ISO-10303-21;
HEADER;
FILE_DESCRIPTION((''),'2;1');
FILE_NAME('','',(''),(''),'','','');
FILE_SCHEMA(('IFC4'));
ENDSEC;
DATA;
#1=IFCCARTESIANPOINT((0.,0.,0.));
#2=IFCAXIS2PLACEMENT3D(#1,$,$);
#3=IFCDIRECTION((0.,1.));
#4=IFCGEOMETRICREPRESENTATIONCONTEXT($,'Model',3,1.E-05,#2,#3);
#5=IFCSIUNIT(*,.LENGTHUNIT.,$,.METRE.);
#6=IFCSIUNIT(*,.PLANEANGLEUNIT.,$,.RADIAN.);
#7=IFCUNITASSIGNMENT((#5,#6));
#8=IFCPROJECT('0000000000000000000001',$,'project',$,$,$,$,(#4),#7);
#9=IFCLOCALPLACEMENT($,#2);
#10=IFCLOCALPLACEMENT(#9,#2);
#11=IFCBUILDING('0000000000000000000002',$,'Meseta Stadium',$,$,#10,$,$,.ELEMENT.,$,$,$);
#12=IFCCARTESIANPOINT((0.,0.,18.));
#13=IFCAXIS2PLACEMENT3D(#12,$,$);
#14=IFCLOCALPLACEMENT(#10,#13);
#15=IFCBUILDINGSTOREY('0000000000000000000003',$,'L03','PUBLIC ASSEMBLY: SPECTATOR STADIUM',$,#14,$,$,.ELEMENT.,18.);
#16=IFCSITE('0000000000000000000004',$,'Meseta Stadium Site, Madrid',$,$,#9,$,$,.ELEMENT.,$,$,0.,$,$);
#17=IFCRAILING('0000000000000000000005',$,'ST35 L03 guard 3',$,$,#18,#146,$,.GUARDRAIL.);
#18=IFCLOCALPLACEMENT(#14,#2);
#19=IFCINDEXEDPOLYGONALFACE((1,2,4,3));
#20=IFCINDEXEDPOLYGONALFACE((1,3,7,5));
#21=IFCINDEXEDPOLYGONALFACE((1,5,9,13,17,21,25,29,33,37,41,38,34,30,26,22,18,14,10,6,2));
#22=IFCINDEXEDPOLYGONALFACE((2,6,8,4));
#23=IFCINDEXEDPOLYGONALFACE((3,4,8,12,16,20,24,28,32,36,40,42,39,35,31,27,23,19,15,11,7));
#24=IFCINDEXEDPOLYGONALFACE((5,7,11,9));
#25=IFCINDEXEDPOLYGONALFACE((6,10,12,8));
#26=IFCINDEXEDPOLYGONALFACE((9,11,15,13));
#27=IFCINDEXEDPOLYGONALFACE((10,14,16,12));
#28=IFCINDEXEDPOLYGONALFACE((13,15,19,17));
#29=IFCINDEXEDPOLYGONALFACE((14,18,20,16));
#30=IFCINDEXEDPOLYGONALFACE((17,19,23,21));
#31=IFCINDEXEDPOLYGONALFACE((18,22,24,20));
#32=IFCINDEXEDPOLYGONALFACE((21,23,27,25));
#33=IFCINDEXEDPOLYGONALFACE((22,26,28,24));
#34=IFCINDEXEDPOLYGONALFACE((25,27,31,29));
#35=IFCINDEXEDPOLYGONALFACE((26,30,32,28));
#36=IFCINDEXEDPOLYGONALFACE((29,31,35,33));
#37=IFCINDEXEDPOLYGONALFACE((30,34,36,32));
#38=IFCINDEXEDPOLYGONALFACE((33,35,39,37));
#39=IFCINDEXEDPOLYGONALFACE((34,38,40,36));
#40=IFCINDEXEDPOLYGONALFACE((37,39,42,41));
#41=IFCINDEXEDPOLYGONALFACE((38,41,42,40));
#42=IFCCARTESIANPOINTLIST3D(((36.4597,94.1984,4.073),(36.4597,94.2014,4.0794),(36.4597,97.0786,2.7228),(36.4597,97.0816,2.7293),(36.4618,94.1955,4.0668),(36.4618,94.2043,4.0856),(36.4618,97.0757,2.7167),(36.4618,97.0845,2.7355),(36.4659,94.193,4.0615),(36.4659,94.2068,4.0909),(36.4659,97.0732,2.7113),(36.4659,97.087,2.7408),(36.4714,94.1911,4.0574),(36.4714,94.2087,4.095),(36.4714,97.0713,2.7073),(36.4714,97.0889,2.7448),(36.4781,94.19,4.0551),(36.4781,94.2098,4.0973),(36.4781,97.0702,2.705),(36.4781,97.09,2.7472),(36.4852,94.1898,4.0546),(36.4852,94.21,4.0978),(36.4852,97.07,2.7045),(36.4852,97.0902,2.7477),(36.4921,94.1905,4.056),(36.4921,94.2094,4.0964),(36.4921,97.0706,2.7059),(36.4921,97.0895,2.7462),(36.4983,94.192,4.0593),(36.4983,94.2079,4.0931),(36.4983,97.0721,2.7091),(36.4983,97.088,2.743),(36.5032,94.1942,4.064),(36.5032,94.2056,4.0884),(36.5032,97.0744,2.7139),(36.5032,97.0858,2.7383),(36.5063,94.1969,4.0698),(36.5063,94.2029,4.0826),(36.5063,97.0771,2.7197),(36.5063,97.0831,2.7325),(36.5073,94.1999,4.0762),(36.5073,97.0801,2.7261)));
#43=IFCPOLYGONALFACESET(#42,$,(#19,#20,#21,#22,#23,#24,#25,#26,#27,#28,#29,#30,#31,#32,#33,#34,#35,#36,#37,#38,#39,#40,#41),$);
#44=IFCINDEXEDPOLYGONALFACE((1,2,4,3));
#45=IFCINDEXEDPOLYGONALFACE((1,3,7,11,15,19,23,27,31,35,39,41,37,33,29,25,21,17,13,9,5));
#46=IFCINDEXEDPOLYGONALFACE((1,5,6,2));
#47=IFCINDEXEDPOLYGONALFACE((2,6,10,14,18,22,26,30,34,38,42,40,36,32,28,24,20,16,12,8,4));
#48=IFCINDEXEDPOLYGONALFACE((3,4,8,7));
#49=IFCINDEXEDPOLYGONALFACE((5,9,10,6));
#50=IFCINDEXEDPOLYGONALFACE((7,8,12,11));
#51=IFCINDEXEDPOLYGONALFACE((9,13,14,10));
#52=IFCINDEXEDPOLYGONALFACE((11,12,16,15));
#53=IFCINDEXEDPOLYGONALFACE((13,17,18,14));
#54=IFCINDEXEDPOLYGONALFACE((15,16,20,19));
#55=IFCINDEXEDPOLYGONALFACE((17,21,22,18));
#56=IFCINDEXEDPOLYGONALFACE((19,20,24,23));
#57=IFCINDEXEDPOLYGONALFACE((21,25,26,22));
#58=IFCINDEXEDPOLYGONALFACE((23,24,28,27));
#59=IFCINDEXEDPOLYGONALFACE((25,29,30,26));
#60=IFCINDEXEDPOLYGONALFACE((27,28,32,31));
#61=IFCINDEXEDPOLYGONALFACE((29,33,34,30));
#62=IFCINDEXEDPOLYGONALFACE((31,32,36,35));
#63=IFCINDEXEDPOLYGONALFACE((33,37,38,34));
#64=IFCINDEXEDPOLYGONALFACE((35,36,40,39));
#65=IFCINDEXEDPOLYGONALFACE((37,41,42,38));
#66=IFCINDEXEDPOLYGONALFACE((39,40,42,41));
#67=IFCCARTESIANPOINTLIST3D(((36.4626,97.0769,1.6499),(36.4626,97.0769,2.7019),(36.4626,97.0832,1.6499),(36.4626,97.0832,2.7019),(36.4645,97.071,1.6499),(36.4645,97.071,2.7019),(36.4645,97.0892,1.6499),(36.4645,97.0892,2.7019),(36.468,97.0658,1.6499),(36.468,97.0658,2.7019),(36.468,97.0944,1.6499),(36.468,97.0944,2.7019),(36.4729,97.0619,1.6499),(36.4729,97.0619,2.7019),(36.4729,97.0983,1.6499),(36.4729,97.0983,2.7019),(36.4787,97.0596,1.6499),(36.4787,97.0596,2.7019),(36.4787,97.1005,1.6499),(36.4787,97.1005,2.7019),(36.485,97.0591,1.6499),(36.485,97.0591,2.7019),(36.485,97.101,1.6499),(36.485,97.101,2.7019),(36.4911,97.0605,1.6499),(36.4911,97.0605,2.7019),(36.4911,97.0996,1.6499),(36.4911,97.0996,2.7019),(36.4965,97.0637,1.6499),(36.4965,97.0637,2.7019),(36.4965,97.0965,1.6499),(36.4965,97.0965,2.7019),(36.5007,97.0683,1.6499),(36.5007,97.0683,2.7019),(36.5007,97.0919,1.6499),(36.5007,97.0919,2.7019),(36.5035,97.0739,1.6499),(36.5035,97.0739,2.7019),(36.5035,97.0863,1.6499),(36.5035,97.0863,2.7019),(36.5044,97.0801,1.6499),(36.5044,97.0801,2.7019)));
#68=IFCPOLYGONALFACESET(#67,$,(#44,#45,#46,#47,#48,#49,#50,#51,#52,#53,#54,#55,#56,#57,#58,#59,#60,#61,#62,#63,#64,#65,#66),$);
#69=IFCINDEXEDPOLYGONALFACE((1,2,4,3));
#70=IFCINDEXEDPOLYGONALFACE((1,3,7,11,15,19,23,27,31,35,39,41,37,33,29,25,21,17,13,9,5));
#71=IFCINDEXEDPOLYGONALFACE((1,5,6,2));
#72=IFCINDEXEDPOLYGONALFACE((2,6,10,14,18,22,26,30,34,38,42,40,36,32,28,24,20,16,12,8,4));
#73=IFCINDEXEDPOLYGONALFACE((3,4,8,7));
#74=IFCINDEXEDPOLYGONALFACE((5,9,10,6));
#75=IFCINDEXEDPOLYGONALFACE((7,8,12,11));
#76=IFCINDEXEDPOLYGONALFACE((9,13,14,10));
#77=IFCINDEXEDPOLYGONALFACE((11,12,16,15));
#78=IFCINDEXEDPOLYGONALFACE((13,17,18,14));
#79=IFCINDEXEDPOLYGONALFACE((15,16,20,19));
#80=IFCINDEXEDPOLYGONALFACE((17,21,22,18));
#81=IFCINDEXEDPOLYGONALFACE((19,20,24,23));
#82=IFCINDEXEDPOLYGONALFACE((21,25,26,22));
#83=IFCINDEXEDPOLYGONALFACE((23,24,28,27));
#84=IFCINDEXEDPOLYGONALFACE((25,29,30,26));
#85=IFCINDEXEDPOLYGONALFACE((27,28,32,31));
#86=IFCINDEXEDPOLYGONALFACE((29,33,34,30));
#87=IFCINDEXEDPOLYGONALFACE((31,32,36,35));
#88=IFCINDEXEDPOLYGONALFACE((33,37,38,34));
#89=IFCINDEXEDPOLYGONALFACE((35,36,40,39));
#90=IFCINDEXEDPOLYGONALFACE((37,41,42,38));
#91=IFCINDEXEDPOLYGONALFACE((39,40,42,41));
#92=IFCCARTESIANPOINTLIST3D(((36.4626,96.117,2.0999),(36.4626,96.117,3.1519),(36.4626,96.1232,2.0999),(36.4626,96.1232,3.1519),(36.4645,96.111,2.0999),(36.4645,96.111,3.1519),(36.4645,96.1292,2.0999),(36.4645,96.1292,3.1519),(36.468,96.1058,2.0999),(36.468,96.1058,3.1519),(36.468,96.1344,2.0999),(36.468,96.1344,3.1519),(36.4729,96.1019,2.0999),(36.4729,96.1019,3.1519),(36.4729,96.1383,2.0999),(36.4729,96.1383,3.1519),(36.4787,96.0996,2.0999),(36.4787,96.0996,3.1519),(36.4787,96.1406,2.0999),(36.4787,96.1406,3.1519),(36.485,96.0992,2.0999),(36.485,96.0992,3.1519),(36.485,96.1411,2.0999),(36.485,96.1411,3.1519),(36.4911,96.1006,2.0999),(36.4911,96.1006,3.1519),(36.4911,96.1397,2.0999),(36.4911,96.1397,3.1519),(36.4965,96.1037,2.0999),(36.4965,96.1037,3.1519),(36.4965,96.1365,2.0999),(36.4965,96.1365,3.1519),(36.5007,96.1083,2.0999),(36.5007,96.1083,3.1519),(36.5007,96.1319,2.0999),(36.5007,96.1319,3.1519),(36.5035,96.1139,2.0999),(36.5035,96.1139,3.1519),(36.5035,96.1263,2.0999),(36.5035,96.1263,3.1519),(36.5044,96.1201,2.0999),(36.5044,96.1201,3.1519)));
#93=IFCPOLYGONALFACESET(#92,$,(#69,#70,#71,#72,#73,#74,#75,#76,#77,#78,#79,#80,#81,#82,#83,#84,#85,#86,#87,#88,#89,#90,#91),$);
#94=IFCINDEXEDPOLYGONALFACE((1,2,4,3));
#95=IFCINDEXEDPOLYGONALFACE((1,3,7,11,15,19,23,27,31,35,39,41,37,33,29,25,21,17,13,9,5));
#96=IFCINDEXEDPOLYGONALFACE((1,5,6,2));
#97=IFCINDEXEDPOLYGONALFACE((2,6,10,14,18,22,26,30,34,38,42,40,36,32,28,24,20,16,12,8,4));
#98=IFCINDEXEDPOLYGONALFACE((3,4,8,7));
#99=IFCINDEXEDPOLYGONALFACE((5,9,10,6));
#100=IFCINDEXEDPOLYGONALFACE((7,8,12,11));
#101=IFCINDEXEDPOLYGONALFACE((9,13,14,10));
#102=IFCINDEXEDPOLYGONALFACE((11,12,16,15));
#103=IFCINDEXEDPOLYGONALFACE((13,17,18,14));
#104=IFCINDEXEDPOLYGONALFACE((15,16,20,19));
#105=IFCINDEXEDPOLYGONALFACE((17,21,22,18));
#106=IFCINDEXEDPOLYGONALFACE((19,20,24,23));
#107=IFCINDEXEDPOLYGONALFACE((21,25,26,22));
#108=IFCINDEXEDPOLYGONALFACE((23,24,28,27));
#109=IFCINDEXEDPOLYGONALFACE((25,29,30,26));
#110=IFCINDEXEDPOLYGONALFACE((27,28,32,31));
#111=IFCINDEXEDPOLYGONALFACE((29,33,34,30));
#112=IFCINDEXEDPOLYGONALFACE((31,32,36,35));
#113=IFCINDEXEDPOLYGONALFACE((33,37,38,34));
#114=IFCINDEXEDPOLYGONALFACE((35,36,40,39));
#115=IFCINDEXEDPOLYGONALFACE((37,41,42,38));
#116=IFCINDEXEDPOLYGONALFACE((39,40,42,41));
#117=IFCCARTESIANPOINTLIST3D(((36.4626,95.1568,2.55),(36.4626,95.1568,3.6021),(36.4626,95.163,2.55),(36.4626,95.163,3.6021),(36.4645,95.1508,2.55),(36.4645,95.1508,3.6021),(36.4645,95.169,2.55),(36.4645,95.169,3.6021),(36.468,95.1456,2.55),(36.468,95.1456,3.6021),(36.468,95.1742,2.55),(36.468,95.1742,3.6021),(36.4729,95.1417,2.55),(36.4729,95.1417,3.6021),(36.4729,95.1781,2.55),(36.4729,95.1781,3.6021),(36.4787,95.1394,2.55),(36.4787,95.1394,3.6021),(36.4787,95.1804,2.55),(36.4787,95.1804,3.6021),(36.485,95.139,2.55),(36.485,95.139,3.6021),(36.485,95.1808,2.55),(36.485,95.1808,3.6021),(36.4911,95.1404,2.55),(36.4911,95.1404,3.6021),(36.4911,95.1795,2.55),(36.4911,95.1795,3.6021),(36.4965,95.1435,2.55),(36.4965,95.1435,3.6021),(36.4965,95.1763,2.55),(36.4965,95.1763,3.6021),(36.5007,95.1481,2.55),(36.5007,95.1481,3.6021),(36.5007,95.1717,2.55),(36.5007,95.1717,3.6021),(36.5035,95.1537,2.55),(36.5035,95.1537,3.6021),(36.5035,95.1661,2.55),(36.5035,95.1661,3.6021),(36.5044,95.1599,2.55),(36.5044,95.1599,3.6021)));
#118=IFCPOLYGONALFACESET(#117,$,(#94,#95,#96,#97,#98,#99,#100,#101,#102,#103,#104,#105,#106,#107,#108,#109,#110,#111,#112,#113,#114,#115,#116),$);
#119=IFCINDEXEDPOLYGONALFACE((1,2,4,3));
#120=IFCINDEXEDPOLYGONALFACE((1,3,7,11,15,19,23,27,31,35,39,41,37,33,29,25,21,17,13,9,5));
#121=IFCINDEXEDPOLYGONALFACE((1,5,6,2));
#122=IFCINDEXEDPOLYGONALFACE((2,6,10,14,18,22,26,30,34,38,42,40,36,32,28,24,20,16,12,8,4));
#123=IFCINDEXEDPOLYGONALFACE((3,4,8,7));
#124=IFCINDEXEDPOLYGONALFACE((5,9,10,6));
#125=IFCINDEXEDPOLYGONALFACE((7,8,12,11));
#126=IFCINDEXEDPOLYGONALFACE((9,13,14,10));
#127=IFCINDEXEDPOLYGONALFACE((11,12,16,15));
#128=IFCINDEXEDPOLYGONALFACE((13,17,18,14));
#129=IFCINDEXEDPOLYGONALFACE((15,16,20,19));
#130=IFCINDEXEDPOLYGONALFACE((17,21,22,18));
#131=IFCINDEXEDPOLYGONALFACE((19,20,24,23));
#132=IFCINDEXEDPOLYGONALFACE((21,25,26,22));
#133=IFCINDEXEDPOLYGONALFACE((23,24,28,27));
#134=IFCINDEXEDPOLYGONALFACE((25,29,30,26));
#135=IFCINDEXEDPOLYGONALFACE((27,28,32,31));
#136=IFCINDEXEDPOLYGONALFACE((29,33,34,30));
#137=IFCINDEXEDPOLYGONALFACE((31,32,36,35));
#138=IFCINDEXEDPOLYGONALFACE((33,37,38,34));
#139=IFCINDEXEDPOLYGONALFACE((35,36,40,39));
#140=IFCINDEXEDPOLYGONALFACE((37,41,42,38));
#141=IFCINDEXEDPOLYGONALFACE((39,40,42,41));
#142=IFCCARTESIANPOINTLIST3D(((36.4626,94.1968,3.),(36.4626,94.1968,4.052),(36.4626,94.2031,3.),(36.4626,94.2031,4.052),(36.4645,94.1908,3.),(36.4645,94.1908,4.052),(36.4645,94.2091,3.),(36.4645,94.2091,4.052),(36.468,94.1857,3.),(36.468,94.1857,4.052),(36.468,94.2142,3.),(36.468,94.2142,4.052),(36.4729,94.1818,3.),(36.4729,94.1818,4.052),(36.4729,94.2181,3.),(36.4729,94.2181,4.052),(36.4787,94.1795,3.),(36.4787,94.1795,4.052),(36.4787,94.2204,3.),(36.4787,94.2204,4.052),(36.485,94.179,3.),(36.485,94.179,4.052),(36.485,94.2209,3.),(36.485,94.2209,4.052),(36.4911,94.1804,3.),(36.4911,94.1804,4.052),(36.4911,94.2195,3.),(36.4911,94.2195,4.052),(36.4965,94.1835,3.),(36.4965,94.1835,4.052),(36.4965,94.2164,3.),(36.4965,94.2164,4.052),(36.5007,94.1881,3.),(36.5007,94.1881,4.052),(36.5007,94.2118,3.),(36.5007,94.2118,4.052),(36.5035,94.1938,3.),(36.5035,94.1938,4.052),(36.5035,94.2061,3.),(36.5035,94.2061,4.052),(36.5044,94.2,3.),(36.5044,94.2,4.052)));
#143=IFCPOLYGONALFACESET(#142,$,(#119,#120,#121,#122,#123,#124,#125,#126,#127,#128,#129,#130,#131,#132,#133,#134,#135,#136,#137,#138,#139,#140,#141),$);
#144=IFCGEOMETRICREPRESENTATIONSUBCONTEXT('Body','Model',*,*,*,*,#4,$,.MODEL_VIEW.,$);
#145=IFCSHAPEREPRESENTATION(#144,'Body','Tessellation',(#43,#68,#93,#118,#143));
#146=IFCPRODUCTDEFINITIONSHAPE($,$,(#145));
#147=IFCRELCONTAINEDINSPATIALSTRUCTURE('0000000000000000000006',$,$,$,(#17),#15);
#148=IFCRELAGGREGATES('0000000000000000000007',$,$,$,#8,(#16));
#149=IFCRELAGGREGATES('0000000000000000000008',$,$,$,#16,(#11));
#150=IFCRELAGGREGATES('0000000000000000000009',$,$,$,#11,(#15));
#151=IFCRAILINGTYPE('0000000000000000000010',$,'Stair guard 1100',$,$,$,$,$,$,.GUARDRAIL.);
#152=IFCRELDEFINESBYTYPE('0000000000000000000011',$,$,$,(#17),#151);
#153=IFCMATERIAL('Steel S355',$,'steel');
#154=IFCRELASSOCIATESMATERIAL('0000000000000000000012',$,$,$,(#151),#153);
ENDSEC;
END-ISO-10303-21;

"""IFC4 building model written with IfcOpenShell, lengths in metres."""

from ifc_helpers import new_model, si_unit, direction, frame, origin, origin_2d, place, context, subcontext, project, spatial, circle, extrude, material, type_object, element, save


model = new_model("IFC4")

# Units and contexts
model_context = context("Model", 3, precision=1e-05, world=origin(), true_north=direction((0.0, 1.0)))
body_context = subcontext(model_context, "Body", "Model", "MODEL_VIEW")
ifc_project = project(units=[si_unit("LENGTHUNIT", "METRE"), si_unit("PLANEANGLEUNIT", "RADIAN")], contexts=[model_context])

# Site, building, storey
site_placement = place(None, origin())
site = spatial("IfcSite", under=ifc_project, at=site_placement, Name="Meseta Stadium Site, Madrid", CompositionType="ELEMENT", RefElevation=0.0)
building_placement = place(site_placement, origin())
building = spatial("IfcBuilding", under=site, at=building_placement, Name="Meseta Stadium", CompositionType="ELEMENT")
storey_placement = place(building_placement, frame((0.0, 0.0, 18.0)))
storey = spatial("IfcBuildingStorey", under=building, at=storey_placement, Name="L03", Description="PUBLIC ASSEMBLY: SPECTATOR STADIUM", CompositionType="ELEMENT", Elevation=18.0)

# Railing
ifc_material_1 = material(Name="Steel S355", Category="steel")
railing_type_1 = type_object("IfcRailingType", Name="Stair guard 1100", PredefinedType="GUARDRAIL", material=ifc_material_1)
railing_1_placement = place(storey_placement, frame((36.4834, 97.0801, 1.6499)))
element("IfcRailing", 1, at=railing_1_placement, inside=storey, type_object=railing_type_1, Name="ST35 L03 guard 3", PredefinedType="GUARDRAIL", context=body_context, shape_type="SweptSolid", body=[
    extrude(circle(Radius=0.0239, at=origin_2d()), frame((0.0, 0.0, 1.0762), z_axis=(0.0, -0.905454, 0.424444), x_axis=(1.0, 0.0, 0.0)), (0.0, 0.0, 1.0), 3.1809),
    extrude(circle(Radius=0.021, at=origin_2d()), origin(), (0.0, 0.0, 1.0), 1.052),
    extrude(circle(Radius=0.021, at=origin_2d()), frame((0.0, -0.96, 0.45)), (0.0, 0.0, 1.0), 1.052),
    extrude(circle(Radius=0.021, at=origin_2d()), frame((0.0, -1.9202, 0.9001)), (0.0, 0.0, 1.0), 1.052),
    extrude(circle(Radius=0.021, at=origin_2d()), frame((0.0, -2.8801, 1.3501)), (0.0, 0.0, 1.0), 1.052),
])

save(model, "model.ifc")
